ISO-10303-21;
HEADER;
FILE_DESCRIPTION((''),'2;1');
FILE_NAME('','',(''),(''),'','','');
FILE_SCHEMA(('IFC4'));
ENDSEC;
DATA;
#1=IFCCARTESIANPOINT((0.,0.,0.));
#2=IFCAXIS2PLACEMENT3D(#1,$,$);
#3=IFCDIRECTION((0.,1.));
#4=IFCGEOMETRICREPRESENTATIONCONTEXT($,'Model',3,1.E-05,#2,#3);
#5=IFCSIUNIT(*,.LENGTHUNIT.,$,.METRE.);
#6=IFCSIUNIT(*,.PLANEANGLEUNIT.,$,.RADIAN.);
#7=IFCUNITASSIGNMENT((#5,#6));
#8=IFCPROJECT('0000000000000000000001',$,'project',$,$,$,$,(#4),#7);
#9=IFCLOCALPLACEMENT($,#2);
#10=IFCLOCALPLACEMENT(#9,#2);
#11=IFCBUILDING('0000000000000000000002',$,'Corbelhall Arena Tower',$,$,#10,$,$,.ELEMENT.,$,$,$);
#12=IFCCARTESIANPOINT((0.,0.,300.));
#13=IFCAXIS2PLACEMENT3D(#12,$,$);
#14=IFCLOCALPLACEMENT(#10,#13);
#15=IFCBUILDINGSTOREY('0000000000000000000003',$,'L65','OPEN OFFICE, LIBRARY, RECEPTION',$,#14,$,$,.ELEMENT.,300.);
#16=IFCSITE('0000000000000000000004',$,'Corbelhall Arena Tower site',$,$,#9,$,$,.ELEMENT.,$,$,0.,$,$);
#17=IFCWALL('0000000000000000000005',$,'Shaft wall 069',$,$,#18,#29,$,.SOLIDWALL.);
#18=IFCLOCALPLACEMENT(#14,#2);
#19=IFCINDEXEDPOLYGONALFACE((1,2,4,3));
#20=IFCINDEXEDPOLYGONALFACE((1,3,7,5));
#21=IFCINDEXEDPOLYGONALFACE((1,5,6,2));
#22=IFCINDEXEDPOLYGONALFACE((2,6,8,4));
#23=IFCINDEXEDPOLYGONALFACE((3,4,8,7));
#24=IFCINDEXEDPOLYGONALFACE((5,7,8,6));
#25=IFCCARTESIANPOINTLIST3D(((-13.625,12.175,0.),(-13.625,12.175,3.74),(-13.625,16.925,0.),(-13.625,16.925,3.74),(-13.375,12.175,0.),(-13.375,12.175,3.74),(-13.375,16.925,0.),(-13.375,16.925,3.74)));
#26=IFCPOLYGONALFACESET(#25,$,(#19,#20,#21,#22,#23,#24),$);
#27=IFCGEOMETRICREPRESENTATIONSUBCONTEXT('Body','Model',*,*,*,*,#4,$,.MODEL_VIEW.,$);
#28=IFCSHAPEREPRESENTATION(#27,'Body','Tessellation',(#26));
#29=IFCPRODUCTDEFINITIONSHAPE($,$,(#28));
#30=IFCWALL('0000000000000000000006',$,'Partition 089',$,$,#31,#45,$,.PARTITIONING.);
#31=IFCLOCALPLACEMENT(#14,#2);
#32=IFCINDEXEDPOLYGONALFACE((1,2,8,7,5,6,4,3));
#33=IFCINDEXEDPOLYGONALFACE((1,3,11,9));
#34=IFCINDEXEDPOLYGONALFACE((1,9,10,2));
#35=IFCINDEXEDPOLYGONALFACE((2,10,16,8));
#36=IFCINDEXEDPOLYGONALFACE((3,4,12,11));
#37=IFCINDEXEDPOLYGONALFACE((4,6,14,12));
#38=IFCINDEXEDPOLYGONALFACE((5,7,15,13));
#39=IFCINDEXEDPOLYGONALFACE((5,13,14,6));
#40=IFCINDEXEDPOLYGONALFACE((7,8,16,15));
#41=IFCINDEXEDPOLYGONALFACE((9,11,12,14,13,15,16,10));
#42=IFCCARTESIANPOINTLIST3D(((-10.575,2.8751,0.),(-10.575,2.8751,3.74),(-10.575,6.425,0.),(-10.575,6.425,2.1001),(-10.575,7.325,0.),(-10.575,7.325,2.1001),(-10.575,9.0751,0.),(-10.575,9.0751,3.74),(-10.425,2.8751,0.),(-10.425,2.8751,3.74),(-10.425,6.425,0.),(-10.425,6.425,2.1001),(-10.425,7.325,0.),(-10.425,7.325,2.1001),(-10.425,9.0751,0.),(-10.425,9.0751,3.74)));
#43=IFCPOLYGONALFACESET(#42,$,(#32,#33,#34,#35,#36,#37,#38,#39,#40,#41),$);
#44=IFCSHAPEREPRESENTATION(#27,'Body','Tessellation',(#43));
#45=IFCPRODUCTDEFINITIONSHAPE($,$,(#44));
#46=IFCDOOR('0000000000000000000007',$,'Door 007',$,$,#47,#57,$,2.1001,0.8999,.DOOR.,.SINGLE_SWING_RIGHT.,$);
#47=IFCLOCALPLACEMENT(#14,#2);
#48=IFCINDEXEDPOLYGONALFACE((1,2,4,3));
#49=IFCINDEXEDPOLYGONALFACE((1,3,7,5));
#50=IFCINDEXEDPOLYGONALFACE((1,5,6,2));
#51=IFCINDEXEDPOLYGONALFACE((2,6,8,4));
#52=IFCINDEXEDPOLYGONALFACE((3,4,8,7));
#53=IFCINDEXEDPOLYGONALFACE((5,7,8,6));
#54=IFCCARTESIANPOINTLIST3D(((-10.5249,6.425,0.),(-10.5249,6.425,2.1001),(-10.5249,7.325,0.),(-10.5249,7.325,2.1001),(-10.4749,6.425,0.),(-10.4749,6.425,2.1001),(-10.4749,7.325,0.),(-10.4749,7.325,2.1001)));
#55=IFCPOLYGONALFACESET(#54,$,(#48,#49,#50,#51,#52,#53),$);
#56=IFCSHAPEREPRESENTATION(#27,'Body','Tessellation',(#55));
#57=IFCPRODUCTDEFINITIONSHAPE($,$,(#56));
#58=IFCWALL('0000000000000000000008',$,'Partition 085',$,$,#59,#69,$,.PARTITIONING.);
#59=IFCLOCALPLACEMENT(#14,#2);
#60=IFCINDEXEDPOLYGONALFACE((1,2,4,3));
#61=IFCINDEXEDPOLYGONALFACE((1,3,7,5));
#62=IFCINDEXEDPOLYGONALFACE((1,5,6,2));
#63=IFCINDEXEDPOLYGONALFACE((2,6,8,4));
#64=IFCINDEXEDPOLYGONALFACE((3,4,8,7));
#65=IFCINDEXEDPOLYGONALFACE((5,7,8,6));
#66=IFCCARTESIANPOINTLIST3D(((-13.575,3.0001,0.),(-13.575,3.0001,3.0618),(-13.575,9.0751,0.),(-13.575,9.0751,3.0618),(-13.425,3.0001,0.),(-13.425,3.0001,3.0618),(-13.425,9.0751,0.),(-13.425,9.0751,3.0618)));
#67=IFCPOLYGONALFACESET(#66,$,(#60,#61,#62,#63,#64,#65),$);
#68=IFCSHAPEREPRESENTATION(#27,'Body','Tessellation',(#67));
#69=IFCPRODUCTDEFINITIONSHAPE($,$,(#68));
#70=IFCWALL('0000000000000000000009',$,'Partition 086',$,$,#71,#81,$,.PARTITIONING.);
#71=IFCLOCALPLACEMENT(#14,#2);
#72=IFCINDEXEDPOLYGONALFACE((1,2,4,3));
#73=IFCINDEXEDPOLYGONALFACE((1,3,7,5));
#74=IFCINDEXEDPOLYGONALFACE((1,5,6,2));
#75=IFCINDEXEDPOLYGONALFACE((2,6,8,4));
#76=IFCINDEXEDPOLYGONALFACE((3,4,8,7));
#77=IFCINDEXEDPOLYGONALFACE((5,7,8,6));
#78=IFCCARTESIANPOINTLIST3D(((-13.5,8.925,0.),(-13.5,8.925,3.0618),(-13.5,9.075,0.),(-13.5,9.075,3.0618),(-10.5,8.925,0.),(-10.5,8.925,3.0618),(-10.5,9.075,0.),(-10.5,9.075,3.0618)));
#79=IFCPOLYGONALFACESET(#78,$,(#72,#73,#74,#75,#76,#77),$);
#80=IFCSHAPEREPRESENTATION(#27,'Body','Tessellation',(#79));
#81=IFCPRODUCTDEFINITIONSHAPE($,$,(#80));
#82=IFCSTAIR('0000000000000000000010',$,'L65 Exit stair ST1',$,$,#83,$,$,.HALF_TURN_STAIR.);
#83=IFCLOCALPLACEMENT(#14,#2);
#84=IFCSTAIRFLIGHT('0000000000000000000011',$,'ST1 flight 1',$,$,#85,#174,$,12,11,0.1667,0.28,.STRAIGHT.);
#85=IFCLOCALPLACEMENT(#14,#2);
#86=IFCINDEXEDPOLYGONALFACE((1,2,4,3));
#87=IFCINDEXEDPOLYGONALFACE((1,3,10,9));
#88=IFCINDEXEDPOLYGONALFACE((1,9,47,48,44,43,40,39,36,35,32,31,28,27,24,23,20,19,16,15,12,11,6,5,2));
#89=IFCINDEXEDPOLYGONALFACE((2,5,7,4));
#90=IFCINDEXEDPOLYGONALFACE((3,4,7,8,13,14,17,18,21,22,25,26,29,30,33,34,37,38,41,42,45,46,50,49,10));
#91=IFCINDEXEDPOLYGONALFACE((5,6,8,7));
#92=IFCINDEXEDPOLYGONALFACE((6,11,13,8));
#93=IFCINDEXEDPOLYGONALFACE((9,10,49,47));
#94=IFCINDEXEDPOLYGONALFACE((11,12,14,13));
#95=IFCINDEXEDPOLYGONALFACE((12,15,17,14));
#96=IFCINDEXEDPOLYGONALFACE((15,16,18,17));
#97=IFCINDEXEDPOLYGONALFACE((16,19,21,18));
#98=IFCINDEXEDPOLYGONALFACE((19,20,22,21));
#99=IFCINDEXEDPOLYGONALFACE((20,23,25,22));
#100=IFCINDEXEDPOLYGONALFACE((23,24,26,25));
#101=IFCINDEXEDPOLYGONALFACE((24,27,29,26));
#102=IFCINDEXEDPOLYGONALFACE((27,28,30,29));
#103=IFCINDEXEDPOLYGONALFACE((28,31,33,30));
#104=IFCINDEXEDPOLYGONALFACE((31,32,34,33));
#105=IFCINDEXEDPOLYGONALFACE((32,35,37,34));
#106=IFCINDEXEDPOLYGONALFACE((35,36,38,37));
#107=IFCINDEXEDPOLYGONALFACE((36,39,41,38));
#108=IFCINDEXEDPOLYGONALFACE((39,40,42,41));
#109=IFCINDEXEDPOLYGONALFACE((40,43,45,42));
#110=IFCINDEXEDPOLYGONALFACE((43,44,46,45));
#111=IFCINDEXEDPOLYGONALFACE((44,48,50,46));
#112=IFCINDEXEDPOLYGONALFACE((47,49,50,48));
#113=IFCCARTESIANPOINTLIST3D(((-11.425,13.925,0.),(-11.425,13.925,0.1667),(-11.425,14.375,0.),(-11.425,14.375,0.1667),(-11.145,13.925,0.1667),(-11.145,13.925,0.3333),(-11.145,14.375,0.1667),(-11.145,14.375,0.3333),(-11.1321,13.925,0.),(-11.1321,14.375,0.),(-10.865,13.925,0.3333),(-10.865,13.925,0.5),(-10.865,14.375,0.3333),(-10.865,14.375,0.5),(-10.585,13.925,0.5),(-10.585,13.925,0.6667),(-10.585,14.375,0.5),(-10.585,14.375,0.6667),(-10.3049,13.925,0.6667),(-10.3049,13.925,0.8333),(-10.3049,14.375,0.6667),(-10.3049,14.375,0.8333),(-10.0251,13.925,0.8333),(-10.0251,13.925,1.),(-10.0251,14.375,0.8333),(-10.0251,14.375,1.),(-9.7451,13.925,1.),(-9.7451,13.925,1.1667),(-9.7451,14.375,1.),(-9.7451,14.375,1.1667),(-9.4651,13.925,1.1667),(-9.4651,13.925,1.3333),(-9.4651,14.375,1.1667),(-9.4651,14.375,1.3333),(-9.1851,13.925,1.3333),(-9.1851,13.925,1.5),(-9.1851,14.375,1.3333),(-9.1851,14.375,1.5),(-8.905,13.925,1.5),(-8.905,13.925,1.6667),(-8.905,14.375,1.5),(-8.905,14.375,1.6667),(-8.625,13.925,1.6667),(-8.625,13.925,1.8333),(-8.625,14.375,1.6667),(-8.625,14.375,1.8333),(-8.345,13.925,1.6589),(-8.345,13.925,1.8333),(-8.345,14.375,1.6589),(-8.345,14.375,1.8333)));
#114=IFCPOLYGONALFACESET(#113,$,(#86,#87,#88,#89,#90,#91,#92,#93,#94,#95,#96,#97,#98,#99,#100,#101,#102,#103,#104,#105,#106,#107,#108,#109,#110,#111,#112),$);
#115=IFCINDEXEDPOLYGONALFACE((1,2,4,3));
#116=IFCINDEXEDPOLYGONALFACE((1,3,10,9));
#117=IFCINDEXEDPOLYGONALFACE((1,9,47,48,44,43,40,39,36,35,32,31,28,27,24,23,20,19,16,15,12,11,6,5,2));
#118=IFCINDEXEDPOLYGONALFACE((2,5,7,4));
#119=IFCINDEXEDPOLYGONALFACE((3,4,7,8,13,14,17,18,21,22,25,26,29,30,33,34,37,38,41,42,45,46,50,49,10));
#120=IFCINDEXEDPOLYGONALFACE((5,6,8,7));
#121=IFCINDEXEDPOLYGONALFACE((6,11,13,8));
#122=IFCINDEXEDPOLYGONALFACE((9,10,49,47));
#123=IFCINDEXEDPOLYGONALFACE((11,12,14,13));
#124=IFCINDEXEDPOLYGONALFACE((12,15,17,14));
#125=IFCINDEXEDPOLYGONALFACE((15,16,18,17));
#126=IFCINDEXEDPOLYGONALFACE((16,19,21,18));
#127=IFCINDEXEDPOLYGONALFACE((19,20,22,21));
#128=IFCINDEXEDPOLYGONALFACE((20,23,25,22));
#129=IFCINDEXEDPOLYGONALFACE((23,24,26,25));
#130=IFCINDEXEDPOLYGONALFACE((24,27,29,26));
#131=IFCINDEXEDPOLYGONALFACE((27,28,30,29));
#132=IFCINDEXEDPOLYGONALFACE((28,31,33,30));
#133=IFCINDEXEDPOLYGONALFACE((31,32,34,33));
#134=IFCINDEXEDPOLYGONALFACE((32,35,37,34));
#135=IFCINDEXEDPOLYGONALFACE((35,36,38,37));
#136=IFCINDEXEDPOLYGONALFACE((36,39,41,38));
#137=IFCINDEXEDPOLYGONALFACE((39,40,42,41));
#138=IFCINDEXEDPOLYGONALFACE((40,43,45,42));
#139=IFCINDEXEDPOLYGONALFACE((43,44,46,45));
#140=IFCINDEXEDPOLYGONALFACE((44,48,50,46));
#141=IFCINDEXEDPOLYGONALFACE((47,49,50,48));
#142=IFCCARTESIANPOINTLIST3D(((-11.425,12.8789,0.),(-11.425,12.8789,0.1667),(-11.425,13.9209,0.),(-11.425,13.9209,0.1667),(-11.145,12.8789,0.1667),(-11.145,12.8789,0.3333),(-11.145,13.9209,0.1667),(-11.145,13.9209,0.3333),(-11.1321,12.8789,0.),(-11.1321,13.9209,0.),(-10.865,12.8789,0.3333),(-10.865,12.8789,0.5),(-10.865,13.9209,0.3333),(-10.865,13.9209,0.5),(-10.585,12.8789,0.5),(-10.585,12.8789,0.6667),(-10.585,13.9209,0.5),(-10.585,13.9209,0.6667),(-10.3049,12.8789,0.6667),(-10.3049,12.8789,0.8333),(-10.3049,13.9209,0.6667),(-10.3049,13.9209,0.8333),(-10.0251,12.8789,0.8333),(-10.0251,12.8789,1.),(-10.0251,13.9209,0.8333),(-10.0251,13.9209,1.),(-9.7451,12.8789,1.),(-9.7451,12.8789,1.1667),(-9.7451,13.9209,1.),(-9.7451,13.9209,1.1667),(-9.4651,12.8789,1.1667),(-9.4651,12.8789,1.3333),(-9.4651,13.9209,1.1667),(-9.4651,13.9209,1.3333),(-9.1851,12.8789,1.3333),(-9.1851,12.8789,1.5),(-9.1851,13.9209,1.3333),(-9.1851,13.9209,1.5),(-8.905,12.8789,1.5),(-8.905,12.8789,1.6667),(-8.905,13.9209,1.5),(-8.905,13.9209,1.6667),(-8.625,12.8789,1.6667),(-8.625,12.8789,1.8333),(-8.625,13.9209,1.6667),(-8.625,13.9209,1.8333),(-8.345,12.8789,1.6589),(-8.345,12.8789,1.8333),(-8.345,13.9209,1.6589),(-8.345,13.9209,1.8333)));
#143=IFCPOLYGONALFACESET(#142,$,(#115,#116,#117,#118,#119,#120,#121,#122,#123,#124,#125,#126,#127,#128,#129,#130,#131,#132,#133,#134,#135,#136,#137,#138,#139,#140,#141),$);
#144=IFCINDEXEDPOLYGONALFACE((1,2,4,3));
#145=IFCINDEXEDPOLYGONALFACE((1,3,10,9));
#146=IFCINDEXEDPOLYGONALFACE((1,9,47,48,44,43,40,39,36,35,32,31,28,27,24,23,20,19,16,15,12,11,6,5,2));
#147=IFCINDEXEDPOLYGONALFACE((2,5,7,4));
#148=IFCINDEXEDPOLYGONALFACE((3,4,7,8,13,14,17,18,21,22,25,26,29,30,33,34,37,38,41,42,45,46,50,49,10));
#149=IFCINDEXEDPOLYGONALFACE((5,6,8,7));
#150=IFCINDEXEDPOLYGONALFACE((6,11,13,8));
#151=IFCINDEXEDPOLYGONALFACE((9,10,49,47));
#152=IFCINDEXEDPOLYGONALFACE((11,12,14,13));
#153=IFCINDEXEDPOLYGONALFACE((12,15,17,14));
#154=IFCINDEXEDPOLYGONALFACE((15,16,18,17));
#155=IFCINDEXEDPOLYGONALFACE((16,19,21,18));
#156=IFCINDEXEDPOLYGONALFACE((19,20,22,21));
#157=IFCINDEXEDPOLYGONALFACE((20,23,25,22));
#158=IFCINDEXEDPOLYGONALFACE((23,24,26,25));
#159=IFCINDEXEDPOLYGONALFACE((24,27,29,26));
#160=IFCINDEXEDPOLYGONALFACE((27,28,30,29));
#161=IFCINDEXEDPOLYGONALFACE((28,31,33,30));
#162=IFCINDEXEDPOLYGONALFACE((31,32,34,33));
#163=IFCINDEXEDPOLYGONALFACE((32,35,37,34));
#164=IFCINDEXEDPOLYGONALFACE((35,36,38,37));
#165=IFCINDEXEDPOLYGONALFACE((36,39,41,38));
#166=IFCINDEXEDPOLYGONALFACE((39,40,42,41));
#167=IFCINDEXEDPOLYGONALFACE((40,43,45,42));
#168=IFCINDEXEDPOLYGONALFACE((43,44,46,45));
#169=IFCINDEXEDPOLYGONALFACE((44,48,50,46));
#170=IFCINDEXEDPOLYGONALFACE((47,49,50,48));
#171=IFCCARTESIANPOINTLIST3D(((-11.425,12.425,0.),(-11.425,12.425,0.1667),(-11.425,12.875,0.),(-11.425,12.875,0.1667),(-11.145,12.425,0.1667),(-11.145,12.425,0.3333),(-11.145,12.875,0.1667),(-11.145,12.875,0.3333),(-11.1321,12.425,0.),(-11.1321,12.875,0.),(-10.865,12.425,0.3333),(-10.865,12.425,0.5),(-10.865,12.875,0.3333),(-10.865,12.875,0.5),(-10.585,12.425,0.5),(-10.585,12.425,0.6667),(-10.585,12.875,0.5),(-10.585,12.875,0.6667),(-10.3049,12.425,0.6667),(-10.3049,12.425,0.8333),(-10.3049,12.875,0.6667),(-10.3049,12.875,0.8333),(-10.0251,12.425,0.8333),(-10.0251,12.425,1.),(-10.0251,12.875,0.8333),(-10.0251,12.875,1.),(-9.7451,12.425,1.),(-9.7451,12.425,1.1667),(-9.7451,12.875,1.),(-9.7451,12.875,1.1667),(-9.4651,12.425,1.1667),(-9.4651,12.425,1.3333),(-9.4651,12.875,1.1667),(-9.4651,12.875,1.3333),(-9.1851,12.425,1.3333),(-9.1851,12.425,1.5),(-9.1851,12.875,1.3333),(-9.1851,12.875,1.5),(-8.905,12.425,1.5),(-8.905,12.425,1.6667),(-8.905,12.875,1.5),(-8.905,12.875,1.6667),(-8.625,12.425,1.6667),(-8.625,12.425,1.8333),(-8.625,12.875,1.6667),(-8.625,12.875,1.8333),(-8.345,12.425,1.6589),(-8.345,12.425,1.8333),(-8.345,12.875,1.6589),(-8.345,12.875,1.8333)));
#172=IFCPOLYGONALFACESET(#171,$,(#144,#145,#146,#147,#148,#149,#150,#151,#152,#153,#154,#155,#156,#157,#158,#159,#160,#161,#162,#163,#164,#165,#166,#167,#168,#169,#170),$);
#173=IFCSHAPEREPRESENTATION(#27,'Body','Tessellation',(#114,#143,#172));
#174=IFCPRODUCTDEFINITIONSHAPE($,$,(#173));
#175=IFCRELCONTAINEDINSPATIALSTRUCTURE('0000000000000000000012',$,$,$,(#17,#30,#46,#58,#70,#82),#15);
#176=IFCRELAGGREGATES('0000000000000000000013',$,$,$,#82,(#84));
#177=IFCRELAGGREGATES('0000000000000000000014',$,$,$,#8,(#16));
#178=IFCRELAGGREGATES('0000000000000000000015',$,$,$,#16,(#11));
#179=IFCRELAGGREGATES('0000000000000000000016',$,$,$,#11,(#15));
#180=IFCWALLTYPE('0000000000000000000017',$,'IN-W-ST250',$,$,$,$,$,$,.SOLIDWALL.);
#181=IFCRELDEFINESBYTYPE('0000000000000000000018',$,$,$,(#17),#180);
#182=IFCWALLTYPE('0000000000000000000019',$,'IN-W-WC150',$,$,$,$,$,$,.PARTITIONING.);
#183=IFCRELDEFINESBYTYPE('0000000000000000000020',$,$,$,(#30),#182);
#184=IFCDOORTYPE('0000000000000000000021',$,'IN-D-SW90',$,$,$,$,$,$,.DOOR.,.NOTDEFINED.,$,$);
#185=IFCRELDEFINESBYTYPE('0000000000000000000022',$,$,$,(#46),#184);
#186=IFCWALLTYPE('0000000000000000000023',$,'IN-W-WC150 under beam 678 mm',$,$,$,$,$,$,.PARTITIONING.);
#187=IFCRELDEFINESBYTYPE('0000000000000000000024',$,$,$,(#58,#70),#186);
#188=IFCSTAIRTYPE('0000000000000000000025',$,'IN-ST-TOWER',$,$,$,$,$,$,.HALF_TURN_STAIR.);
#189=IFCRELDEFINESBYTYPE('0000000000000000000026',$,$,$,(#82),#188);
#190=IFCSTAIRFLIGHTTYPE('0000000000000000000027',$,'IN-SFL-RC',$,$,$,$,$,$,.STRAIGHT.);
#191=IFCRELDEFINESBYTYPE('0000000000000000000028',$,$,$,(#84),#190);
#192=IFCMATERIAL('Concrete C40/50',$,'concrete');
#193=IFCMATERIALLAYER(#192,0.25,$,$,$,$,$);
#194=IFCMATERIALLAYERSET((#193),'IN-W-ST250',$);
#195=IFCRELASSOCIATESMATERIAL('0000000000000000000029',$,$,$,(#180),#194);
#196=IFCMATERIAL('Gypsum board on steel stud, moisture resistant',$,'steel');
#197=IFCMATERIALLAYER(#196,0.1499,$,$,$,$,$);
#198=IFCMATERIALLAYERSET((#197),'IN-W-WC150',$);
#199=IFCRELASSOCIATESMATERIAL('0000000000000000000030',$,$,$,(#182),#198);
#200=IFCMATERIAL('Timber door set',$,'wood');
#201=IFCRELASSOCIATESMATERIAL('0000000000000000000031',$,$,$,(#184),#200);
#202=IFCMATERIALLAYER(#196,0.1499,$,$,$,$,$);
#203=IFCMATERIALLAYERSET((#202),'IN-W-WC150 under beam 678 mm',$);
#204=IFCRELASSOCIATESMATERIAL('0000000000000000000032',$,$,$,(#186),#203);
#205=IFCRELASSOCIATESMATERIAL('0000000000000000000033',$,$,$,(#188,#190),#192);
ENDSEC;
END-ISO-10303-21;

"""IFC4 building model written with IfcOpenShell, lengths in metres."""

from ifc_helpers import new_model, si_unit, direction, frame, frame_2d, origin, place, context, subcontext, project, spatial, polyline, rectangle, outline, extrude, material, layer, layer_set, type_object, element, fill, aggregate, save


model = new_model("IFC4")

# Units and contexts
model_context = context("Model", 3, precision=1e-05, world=origin(), true_north=direction((0.0, 1.0)))
body_context = subcontext(model_context, "Body", "Model", "MODEL_VIEW")
ifc_project = project(units=[si_unit("LENGTHUNIT", "METRE"), si_unit("PLANEANGLEUNIT", "RADIAN")], contexts=[model_context])

# Site, building, storey
site_placement = place(None, origin())
site = spatial("IfcSite", under=ifc_project, at=site_placement, Name="Corbelhall Arena Tower site", CompositionType="ELEMENT", RefElevation=0.0)
building_placement = place(site_placement, origin())
building = spatial("IfcBuilding", under=site, at=building_placement, Name="Corbelhall Arena Tower", CompositionType="ELEMENT")
storey_placement = place(building_placement, frame((0.0, 0.0, 300.0)))
storey = spatial("IfcBuildingStorey", under=building, at=storey_placement, Name="L65", Description="OPEN OFFICE, LIBRARY, RECEPTION", CompositionType="ELEMENT", Elevation=300.0)

# Shared definitions
ifc_material_1 = material(Name="Concrete C40/50", Category="concrete")

# Shared definitions
ifc_layer_1 = layer(ifc_material_1, 0.25)
ifc_layer_set_1 = layer_set([ifc_layer_1], Name="IN-W-ST250")
wall_type_1 = type_object("IfcWallType", Name="IN-W-ST250", PredefinedType="SOLIDWALL", material=ifc_layer_set_1)

# Wall
wall_1_placement = place(storey_placement, frame((-13.5, 12.175, 0.0), z_axis=(0.0, 0.0, 1.0), x_axis=(0.0, 1.0, 0.0)))
element("IfcWall", 1, at=wall_1_placement, inside=storey, type_object=wall_type_1, Name="Shaft wall 069", PredefinedType="SOLIDWALL", context=body_context, shape_type="SweptSolid", body=[
    extrude(rectangle(XDim=4.75, YDim=0.25, at=frame_2d((2.375, 0.0))), origin(), (0.0, 0.0, 1.0), 3.74),
])

# Wall, opening, door
ifc_material_2 = material(Name="Gypsum board on steel stud, moisture resistant", Category="steel")
ifc_layer_2 = layer(ifc_material_2, 0.1499)
ifc_layer_set_2 = layer_set([ifc_layer_2], Name="IN-W-WC150")
wall_type_2 = type_object("IfcWallType", Name="IN-W-WC150", PredefinedType="PARTITIONING", material=ifc_layer_set_2)
wall_2_placement = place(storey_placement, frame((-10.5, 2.875, 0.0), z_axis=(0.0, 0.0, 1.0), x_axis=(0.0, 1.0, 0.0)))
wall_2 = element("IfcWall", 2, at=wall_2_placement, inside=storey, type_object=wall_type_2, Name="Partition 089", PredefinedType="PARTITIONING", context=body_context, shape_type="SweptSolid", body=[
    extrude(rectangle(XDim=6.2, YDim=0.1499, at=frame_2d((3.1001, 0.0))), origin(), (0.0, 0.0, 1.0), 3.74),
])
opening_1_placement = place(wall_2_placement, frame((3.55, 0.0, 0.0)))
opening_1 = element("IfcOpeningElement", 3, at=opening_1_placement, cuts=wall_2, PredefinedType="OPENING", context=body_context, shape_type="SweptSolid", body=[
    extrude(rectangle(XDim=0.8999, YDim=2.1001, at=frame_2d((0.45, 1.05))), frame((0.0, 0.075, 0.0), z_axis=(0.0, -1.0, 0.0), x_axis=(1.0, 0.0, 0.0)), (0.0, 0.0, 1.0), 0.1499),
])
ifc_material_3 = material(Name="Timber door set", Category="wood")
door_type_1 = type_object("IfcDoorType", Name="IN-D-SW90", OperationType="NOTDEFINED", PredefinedType="DOOR", material=ifc_material_3)
door_1_placement = place(opening_1_placement, origin())
door_1 = element("IfcDoor", 4, at=door_1_placement, inside=storey, type_object=door_type_1, Name="Door 007", OperationType="SINGLE_SWING_RIGHT", OverallHeight=2.1001, OverallWidth=0.8999, PredefinedType="DOOR", context=body_context, shape_type="SweptSolid", body=[
    extrude(rectangle(XDim=0.8999, YDim=2.1001, at=frame_2d((0.45, 1.05))), frame((0.0, 0.0249, 0.0), z_axis=(0.0, -1.0, 0.0), x_axis=(1.0, 0.0, 0.0)), (0.0, 0.0, 1.0), 0.05),
])
fill(opening_1, door_1)

# Walls
ifc_layer_3 = layer(ifc_material_2, 0.1499)
ifc_layer_set_3 = layer_set([ifc_layer_3], Name="IN-W-WC150 under beam 678 mm")
wall_type_3 = type_object("IfcWallType", Name="IN-W-WC150 under beam 678 mm", PredefinedType="PARTITIONING", material=ifc_layer_set_3)
wall_3_placement = place(storey_placement, frame((-13.5, 3.0, 0.0), z_axis=(0.0, 0.0, 1.0), x_axis=(0.0, 1.0, 0.0)))
element("IfcWall", 5, at=wall_3_placement, inside=storey, type_object=wall_type_3, Name="Partition 085", PredefinedType="PARTITIONING", context=body_context, shape_type="SweptSolid", body=[
    extrude(rectangle(XDim=6.075, YDim=0.1499, at=frame_2d((3.0376, 0.0))), origin(), (0.0, 0.0, 1.0), 3.0618),
])
wall_4_placement = place(storey_placement, frame((-13.5, 9.0, 0.0), z_axis=(0.0, 0.0, 1.0), x_axis=(1.0, 0.0, 0.0)))
element("IfcWall", 6, at=wall_4_placement, inside=storey, type_object=wall_type_3, Name="Partition 086", PredefinedType="PARTITIONING", context=body_context, shape_type="SweptSolid", body=[
    extrude(rectangle(XDim=3.0, YDim=0.1499, at=frame_2d((1.5, 0.0))), origin(), (0.0, 0.0, 1.0), 3.0618),
])

# Stair, stair flight
stair_type = type_object("IfcStairType", Name="IN-ST-TOWER", PredefinedType="HALF_TURN_STAIR", material=ifc_material_1)
stair_placement = place(storey_placement, origin())
stair = element("IfcStair", 7, at=stair_placement, inside=storey, type_object=stair_type, Name="L65 Exit stair ST1", PredefinedType="HALF_TURN_STAIR")
stair_flight_type = type_object("IfcStairFlightType", Name="IN-SFL-RC", PredefinedType="STRAIGHT", material=ifc_material_1)
stair_flight_placement = place(storey_placement, frame((-11.425, 13.3999, 0.0), z_axis=(0.0, 0.0, 1.0), x_axis=(1.0, 0.0, 0.0)))
stair_flight = element("IfcStairFlight", 8, at=stair_flight_placement, type_object=stair_flight_type, Name="ST1 flight 1", NumberOfRisers=12, NumberOfTreads=11, PredefinedType="STRAIGHT", RiserHeight=0.1667, TreadLength=0.28, context=body_context, shape_type="SweptSolid", body=[
    extrude(outline(polyline([(0.0, 0.0), (0.0, 0.1667), (0.28, 0.1667), (0.28, 0.3333), (0.5601, 0.3333), (0.5601, 0.5), (0.8401, 0.5), (0.8401, 0.6667), (1.1201, 0.6667), (1.1201, 0.8333), (1.3999, 0.8333), (1.3999, 1.0), (1.6799, 1.0), (1.6799, 1.1667), (1.96, 1.1667), (1.96, 1.3333), (2.24, 1.3333), (2.24, 1.5), (2.52, 1.5), (2.52, 1.6667), (2.8, 1.6667), (2.8, 1.8333), (3.0801, 1.8333), (3.0801, 2.0), (3.0801, 1.6589), (0.293, 0.0), (0.0, 0.0)])), frame((0.0, 0.9751, 0.0), z_axis=(0.0, -1.0, 0.0), x_axis=(1.0, 0.0, 0.0)), (0.0, 0.0, 1.0), 0.45),
    extrude(outline(polyline([(0.0, 0.0), (0.0, 0.1667), (0.28, 0.1667), (0.28, 0.3333), (0.5601, 0.3333), (0.5601, 0.5), (0.8401, 0.5), (0.8401, 0.6667), (1.1201, 0.6667), (1.1201, 0.8333), (1.3999, 0.8333), (1.3999, 1.0), (1.6799, 1.0), (1.6799, 1.1667), (1.96, 1.1667), (1.96, 1.3333), (2.24, 1.3333), (2.24, 1.5), (2.52, 1.5), (2.52, 1.6667), (2.8, 1.6667), (2.8, 1.8333), (3.0801, 1.8333), (3.0801, 2.0), (3.0801, 1.6589), (0.293, 0.0), (0.0, 0.0)])), frame((0.0, 0.521, 0.0), z_axis=(0.0, -1.0, 0.0), x_axis=(1.0, 0.0, 0.0)), (0.0, 0.0, 1.0), 1.042),
    extrude(outline(polyline([(0.0, 0.0), (0.0, 0.1667), (0.28, 0.1667), (0.28, 0.3333), (0.5601, 0.3333), (0.5601, 0.5), (0.8401, 0.5), (0.8401, 0.6667), (1.1201, 0.6667), (1.1201, 0.8333), (1.3999, 0.8333), (1.3999, 1.0), (1.6799, 1.0), (1.6799, 1.1667), (1.96, 1.1667), (1.96, 1.3333), (2.24, 1.3333), (2.24, 1.5), (2.52, 1.5), (2.52, 1.6667), (2.8, 1.6667), (2.8, 1.8333), (3.0801, 1.8333), (3.0801, 2.0), (3.0801, 1.6589), (0.293, 0.0), (0.0, 0.0)])), frame((0.0, -0.5249, 0.0), z_axis=(0.0, -1.0, 0.0), x_axis=(1.0, 0.0, 0.0)), (0.0, 0.0, 1.0), 0.45),
])
aggregate(stair, [stair_flight])

save(model, "model.ifc")
